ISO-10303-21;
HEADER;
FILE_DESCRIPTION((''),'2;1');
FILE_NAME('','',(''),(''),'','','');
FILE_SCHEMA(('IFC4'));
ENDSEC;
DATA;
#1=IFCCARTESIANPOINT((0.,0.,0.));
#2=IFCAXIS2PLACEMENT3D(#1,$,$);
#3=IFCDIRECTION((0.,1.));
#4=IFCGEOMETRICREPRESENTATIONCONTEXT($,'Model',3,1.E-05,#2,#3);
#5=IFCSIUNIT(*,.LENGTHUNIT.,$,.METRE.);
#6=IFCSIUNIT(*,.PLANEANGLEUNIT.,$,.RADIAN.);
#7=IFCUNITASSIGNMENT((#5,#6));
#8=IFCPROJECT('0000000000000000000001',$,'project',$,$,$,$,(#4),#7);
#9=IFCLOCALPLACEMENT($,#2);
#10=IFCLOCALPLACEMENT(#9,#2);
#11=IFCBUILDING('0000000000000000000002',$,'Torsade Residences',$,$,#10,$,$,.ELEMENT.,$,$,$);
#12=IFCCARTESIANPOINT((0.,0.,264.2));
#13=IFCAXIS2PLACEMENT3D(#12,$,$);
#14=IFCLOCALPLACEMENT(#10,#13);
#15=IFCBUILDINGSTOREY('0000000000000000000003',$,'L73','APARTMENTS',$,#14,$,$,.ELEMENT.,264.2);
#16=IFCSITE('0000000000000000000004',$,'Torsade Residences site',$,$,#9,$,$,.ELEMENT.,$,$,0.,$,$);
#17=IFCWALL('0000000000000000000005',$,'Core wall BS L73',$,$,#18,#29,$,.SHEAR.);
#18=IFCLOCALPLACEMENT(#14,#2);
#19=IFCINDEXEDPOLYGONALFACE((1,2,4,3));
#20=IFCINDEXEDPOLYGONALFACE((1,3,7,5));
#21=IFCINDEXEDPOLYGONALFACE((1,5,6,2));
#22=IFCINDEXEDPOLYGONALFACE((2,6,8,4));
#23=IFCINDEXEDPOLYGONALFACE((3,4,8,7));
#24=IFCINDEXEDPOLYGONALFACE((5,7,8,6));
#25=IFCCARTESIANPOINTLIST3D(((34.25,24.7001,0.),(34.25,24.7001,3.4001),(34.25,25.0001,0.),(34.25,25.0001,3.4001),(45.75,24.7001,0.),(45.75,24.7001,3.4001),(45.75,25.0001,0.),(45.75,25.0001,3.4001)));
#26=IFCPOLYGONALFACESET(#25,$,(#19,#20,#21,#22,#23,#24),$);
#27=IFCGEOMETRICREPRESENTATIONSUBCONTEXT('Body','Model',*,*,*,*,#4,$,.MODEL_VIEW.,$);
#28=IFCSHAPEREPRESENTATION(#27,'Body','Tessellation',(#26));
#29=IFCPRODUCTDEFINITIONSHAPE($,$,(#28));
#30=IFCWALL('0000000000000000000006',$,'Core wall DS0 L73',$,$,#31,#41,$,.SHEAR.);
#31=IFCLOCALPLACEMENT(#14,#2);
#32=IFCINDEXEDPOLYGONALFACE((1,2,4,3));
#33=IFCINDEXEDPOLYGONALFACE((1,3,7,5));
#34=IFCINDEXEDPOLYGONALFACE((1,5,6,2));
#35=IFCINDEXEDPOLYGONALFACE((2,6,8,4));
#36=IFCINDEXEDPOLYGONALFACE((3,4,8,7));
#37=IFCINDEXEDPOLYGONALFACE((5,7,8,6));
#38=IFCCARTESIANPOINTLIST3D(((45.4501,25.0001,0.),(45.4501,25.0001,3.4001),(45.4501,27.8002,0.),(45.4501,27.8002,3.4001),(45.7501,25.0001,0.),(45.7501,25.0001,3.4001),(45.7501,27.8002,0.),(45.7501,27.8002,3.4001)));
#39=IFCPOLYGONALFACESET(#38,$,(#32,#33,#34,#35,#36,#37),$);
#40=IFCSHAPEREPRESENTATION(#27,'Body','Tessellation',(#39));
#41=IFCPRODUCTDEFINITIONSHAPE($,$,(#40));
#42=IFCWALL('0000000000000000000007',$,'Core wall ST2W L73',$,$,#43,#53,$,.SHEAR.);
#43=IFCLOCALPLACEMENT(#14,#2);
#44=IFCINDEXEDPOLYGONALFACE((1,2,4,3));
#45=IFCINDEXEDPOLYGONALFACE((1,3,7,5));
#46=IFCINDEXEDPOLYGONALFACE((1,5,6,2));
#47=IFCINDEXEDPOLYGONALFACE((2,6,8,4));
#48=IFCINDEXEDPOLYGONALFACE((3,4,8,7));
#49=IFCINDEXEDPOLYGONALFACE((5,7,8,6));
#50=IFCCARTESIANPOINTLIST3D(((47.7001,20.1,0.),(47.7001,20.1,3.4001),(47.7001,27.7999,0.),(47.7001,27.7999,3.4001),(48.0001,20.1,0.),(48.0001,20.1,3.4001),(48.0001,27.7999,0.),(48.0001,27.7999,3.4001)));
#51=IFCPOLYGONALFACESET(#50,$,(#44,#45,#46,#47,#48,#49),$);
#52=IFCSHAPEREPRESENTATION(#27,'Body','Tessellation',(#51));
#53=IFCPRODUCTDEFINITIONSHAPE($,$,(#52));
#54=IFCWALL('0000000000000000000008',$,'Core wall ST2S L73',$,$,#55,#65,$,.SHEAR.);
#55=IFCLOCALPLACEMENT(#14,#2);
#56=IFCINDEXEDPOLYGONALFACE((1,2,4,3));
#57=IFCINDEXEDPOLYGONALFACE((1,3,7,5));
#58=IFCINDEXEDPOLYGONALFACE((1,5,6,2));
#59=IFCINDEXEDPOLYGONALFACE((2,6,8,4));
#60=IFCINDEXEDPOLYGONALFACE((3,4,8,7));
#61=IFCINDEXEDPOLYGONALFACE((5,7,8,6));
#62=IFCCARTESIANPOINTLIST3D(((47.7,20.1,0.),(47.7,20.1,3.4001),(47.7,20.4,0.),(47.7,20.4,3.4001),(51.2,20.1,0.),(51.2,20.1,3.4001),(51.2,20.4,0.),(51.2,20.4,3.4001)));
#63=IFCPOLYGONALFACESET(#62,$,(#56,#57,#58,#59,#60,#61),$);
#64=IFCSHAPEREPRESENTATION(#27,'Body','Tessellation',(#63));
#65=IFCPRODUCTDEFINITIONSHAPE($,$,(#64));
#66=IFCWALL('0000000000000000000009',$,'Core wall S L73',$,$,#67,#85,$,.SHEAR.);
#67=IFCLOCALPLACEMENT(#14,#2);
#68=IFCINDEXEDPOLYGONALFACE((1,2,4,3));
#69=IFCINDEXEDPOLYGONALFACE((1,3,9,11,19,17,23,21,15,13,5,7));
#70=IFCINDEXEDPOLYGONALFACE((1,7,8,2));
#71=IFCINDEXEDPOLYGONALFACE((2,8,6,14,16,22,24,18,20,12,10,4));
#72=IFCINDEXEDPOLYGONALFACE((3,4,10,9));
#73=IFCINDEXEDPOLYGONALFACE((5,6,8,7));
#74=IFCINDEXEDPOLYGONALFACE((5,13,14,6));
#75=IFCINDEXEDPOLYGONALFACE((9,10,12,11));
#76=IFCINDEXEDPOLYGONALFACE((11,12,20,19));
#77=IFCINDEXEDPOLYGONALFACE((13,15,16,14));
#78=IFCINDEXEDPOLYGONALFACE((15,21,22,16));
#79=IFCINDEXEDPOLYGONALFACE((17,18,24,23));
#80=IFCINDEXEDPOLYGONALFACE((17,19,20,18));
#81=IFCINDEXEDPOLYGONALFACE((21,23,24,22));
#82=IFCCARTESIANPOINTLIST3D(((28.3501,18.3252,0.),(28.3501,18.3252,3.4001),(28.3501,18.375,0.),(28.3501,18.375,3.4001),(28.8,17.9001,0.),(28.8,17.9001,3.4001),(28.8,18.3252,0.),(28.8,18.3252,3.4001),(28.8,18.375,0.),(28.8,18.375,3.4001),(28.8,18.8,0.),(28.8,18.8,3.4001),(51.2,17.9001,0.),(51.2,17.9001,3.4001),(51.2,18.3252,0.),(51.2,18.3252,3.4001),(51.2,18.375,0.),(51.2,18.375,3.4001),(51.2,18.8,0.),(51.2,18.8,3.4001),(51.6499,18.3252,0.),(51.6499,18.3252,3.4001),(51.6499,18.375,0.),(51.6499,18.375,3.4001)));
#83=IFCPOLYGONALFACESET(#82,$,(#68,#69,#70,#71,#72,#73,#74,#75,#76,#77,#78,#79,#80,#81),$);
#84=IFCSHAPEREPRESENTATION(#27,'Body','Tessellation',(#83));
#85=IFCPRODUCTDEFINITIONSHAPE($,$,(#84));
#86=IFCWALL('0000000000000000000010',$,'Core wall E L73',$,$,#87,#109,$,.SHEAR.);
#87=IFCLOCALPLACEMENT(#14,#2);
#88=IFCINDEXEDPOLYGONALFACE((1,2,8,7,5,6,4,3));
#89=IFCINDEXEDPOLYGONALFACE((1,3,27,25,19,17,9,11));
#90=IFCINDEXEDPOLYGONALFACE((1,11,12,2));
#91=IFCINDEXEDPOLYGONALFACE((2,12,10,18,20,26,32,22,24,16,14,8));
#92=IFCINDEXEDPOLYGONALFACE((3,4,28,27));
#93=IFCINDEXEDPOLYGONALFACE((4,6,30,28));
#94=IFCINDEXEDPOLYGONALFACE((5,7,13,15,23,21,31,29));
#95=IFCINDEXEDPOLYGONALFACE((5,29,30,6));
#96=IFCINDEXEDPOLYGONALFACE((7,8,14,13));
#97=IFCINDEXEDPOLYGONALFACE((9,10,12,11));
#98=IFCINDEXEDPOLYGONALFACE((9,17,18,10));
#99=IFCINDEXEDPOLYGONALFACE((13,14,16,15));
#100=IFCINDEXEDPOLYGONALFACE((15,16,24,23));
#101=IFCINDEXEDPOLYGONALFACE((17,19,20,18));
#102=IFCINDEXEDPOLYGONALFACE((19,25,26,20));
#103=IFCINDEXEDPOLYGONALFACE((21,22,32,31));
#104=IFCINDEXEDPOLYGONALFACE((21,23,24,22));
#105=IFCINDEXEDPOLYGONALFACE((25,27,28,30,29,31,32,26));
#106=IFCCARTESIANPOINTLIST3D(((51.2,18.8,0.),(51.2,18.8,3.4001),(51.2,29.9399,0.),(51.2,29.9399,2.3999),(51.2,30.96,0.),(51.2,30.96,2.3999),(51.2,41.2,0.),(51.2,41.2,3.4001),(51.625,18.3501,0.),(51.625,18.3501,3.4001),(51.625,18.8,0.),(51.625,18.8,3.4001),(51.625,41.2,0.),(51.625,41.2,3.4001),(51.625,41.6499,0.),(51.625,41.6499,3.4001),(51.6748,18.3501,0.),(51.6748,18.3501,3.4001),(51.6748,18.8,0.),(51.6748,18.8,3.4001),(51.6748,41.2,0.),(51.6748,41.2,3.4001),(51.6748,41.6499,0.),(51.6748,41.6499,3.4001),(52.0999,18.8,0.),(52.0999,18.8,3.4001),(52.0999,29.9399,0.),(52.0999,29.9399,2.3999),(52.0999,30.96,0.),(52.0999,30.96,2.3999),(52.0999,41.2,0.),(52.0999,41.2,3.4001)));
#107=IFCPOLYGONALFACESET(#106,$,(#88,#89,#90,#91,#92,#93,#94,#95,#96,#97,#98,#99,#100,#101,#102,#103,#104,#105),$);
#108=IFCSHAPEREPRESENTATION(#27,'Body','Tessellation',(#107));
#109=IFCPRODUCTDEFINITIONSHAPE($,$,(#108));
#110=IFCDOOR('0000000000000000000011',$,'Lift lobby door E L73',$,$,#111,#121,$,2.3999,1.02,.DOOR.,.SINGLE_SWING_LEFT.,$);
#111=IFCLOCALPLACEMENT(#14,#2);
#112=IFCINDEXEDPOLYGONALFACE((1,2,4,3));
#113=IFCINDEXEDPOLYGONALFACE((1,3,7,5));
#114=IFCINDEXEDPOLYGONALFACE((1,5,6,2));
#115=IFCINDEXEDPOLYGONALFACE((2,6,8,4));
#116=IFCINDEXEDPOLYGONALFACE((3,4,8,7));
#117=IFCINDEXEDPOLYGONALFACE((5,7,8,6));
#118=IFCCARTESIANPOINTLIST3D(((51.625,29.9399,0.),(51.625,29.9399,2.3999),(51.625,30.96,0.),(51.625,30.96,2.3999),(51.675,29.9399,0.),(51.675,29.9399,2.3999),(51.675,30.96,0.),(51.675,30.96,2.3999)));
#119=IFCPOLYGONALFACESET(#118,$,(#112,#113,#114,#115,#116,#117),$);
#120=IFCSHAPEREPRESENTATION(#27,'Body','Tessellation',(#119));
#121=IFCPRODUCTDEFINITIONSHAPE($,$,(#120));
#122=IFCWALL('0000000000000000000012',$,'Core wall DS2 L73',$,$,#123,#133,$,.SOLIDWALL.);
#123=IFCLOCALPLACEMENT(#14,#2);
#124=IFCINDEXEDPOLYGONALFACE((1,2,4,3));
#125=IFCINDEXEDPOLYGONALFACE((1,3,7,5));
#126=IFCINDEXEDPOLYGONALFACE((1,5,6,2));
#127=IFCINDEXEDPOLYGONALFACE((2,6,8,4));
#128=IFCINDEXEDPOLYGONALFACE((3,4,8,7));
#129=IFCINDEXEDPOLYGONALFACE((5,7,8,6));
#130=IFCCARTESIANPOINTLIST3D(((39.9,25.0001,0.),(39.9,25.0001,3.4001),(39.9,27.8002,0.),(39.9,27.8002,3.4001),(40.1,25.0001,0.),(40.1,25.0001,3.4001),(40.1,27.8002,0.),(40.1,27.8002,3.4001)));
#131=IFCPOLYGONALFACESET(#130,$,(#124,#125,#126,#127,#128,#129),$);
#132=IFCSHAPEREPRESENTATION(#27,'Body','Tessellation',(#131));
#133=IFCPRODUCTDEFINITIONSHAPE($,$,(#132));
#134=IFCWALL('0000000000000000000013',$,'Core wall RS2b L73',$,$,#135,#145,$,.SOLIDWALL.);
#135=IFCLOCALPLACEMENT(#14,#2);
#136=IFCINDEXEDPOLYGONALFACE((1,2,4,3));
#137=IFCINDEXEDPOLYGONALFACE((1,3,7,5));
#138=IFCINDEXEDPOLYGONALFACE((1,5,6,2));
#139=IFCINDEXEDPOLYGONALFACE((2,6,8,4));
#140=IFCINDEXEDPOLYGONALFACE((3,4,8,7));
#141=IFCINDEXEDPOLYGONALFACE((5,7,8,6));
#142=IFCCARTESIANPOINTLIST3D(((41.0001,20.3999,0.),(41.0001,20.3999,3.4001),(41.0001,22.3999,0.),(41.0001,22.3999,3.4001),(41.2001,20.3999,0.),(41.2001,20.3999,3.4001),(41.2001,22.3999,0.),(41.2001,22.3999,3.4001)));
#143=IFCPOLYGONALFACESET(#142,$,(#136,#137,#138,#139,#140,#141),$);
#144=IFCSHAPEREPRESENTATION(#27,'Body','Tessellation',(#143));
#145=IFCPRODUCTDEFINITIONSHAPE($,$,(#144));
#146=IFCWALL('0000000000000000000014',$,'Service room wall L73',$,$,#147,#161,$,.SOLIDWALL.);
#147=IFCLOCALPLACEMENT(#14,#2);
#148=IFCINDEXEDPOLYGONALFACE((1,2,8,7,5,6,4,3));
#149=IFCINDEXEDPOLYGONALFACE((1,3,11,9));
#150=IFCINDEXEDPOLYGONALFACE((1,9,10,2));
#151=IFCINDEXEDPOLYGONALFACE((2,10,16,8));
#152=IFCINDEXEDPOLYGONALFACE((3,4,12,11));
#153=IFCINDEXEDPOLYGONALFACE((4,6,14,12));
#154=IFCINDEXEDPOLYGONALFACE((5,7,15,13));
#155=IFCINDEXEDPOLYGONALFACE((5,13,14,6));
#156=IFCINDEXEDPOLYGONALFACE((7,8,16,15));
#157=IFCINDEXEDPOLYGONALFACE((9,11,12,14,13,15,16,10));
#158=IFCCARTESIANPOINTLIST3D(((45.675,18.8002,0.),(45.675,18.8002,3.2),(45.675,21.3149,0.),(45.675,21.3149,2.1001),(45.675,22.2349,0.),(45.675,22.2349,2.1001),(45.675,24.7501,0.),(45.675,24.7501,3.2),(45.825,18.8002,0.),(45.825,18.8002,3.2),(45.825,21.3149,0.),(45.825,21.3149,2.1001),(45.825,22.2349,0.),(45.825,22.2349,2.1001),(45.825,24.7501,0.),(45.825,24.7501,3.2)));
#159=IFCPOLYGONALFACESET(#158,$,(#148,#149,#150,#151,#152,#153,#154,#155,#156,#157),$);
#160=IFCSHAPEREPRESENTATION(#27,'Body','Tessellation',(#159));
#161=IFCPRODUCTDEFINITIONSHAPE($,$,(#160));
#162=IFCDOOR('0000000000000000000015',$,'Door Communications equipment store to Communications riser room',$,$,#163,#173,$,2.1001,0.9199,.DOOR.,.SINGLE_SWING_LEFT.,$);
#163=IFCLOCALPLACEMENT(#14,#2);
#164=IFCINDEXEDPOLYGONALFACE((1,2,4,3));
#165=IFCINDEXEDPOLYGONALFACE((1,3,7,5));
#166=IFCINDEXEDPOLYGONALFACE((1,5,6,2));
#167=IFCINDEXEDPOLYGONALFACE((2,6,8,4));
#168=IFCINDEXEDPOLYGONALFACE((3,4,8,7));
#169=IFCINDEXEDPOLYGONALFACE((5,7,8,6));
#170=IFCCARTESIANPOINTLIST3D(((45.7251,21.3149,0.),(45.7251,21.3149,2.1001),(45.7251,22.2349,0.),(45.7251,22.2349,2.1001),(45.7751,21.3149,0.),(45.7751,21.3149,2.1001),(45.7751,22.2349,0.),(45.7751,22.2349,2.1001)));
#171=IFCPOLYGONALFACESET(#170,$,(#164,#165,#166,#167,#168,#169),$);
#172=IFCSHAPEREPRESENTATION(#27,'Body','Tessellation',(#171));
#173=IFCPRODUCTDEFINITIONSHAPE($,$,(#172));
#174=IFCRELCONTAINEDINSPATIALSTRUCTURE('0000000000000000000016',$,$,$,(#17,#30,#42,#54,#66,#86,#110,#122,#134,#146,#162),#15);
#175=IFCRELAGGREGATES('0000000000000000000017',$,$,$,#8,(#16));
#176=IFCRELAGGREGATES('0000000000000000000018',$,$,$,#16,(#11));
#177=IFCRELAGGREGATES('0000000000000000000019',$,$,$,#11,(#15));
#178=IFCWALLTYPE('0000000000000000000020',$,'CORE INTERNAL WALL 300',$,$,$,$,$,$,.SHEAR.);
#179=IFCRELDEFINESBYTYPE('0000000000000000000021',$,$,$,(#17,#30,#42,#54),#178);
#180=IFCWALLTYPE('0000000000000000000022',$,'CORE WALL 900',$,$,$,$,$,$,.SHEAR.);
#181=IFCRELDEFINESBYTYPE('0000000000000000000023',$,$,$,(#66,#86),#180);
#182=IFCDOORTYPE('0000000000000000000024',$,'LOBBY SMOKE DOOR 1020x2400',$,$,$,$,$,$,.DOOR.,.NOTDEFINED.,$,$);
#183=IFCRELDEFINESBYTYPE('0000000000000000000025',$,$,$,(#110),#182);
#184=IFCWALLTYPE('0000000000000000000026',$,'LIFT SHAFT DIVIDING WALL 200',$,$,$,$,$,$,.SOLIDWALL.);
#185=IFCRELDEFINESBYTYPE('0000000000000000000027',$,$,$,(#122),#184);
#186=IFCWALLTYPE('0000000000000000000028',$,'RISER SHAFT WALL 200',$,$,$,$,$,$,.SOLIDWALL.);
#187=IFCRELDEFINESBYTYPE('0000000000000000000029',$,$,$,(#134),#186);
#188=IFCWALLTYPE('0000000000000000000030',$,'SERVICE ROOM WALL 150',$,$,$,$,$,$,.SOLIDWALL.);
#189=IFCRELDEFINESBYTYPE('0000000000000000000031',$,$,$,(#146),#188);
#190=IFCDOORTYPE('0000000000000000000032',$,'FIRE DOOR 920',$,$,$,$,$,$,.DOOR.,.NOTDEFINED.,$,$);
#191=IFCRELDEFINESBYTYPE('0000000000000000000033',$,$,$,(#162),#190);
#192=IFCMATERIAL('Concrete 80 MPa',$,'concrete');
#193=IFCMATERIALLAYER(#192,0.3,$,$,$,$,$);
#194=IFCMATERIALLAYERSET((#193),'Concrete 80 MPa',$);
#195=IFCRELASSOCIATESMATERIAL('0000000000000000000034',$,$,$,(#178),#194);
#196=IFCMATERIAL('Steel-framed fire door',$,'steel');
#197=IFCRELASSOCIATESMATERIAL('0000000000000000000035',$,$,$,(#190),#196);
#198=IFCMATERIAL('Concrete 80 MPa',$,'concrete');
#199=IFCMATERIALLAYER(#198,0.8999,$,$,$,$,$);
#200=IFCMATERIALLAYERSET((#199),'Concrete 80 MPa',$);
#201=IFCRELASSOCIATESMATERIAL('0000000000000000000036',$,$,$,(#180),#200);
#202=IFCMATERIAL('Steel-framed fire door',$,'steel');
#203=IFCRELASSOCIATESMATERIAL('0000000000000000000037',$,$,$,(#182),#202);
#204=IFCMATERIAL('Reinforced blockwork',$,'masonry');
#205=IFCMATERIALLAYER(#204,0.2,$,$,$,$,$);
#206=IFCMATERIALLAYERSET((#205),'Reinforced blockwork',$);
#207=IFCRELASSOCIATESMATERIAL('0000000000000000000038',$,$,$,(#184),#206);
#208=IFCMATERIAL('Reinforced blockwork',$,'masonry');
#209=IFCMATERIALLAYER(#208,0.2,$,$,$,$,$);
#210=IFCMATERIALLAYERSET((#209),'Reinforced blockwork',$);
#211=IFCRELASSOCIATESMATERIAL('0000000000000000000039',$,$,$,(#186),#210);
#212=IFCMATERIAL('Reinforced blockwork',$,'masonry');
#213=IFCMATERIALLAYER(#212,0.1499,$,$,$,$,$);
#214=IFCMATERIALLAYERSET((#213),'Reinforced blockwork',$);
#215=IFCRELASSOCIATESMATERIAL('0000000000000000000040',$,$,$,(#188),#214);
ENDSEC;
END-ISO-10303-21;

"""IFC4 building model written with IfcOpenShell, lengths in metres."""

from ifc_helpers import new_model, si_unit, direction, frame, frame_2d, origin, place, context, subcontext, project, spatial, polyline, rectangle, outline, extrude, material, layer, layer_set, type_object, element, fill, save


model = new_model("IFC4")

# Units and contexts
model_context = context("Model", 3, precision=1e-05, world=origin(), true_north=direction((0.0, 1.0)))
body_context = subcontext(model_context, "Body", "Model", "MODEL_VIEW")
ifc_project = project(units=[si_unit("LENGTHUNIT", "METRE"), si_unit("PLANEANGLEUNIT", "RADIAN")], contexts=[model_context])

# Site, building, storey
site_placement = place(None, origin())
site = spatial("IfcSite", under=ifc_project, at=site_placement, Name="Torsade Residences site", CompositionType="ELEMENT", RefElevation=0.0)
building_placement = place(site_placement, origin())
building = spatial("IfcBuilding", under=site, at=building_placement, Name="Torsade Residences", CompositionType="ELEMENT")
storey_placement = place(building_placement, frame((0.0, 0.0, 264.2)))
storey = spatial("IfcBuildingStorey", under=building, at=storey_placement, Name="L73", Description="APARTMENTS", CompositionType="ELEMENT", Elevation=264.2)

# Shared definitions
ifc_material_1 = material(Name="Concrete 80 MPa", Category="concrete")
ifc_layer_1 = layer(ifc_material_1, 0.3)
ifc_layer_set_1 = layer_set([ifc_layer_1], Name="Concrete 80 MPa")
wall_type_1 = type_object("IfcWallType", Name="CORE INTERNAL WALL 300", PredefinedType="SHEAR", material=ifc_layer_set_1)
ifc_material_2 = material(Name="Steel-framed fire door", Category="steel")
door_type_1 = type_object("IfcDoorType", Name="FIRE DOOR 920", OperationType="NOTDEFINED", PredefinedType="DOOR", material=ifc_material_2)

# Walls
wall_1_placement = place(storey_placement, frame((45.75, 24.8501, 0.0), z_axis=(0.0, 0.0, 1.0), x_axis=(-1.0, 0.0, 0.0)))
element("IfcWall", 1, at=wall_1_placement, inside=storey, type_object=wall_type_1, Name="Core wall BS L73", PredefinedType="SHEAR", context=body_context, shape_type="SweptSolid", body=[
    extrude(rectangle(XDim=11.5, YDim=0.3, at=frame_2d((5.75, 0.0))), origin(), (0.0, 0.0, 1.0), 3.4001),
])
wall_2_placement = place(storey_placement, frame((45.6001, 27.8, 0.0), z_axis=(0.0, 0.0, 1.0), x_axis=(0.0, -1.0, 0.0)))
element("IfcWall", 2, at=wall_2_placement, inside=storey, type_object=wall_type_1, Name="Core wall DS0 L73", PredefinedType="SHEAR", context=body_context, shape_type="SweptSolid", body=[
    extrude(rectangle(XDim=2.8, YDim=0.3, at=frame_2d((1.3999, 0.0))), origin(), (0.0, 0.0, 1.0), 3.4001),
])
wall_3_placement = place(storey_placement, frame((47.8501, 27.8, 0.0), z_axis=(0.0, 0.0, 1.0), x_axis=(0.0, -1.0, 0.0)))
element("IfcWall", 3, at=wall_3_placement, inside=storey, type_object=wall_type_1, Name="Core wall ST2W L73", PredefinedType="SHEAR", context=body_context, shape_type="SweptSolid", body=[
    extrude(rectangle(XDim=7.7, YDim=0.3, at=frame_2d((3.8501, 0.0))), origin(), (0.0, 0.0, 1.0), 3.4001),
])
wall_4_placement = place(storey_placement, frame((51.2, 20.25, 0.0), z_axis=(0.0, 0.0, 1.0), x_axis=(-1.0, 0.0, 0.0)))
element("IfcWall", 4, at=wall_4_placement, inside=storey, type_object=wall_type_1, Name="Core wall ST2S L73", PredefinedType="SHEAR", context=body_context, shape_type="SweptSolid", body=[
    extrude(rectangle(XDim=3.5, YDim=0.3, at=frame_2d((1.75, 0.0))), origin(), (0.0, 0.0, 1.0), 3.4001),
])
ifc_material_3 = material(Name="Concrete 80 MPa", Category="concrete")
ifc_layer_2 = layer(ifc_material_3, 0.8999)
ifc_layer_set_2 = layer_set([ifc_layer_2], Name="Concrete 80 MPa")
wall_type_2 = type_object("IfcWallType", Name="CORE WALL 900", PredefinedType="SHEAR", material=ifc_layer_set_2)
wall_5_placement = place(storey_placement, frame((51.2, 18.3501, 0.0), z_axis=(0.0, 0.0, 1.0), x_axis=(-1.0, 0.0, 0.0)))
element("IfcWall", 5, at=wall_5_placement, inside=storey, type_object=wall_type_2, Name="Core wall S L73", PredefinedType="SHEAR", context=body_context, shape_type="SweptSolid", body=[
    extrude(outline(polyline([(0.0, -0.45), (22.3999, -0.45), (22.3999, -0.0249), (22.8499, -0.0249), (22.8499, 0.0249), (22.3999, 0.0249), (22.3999, 0.45), (0.0, 0.45), (0.0, 0.0249), (-0.45, 0.0249), (-0.45, -0.0249), (0.0, -0.0249), (0.0, -0.45)])), origin(), (0.0, 0.0, 1.0), 3.4001),
])

# Wall, opening, door
wall_6_placement = place(storey_placement, frame((51.6499, 18.8, 0.0), z_axis=(0.0, 0.0, 1.0), x_axis=(0.0, 1.0, 0.0)))
wall_6 = element("IfcWall", 6, at=wall_6_placement, inside=storey, type_object=wall_type_2, Name="Core wall E L73", PredefinedType="SHEAR", context=body_context, shape_type="SweptSolid", body=[
    extrude(outline(polyline([(0.0, -0.45), (22.3999, -0.45), (22.3999, -0.0249), (22.8499, -0.0249), (22.8499, 0.0249), (22.3999, 0.0249), (22.3999, 0.45), (0.0, 0.45), (0.0, 0.0249), (-0.45, 0.0249), (-0.45, -0.0249), (0.0, -0.0249), (0.0, -0.45)])), origin(), (0.0, 0.0, 1.0), 3.4001),
])
opening_1_placement = place(wall_6_placement, frame((11.1399, 0.0, 0.0)))
opening_1 = element("IfcOpeningElement", 7, at=opening_1_placement, cuts=wall_6, PredefinedType="OPENING", context=body_context, shape_type="SweptSolid", body=[
    extrude(rectangle(XDim=1.02, YDim=2.3999, at=frame_2d((0.51, 1.2))), frame((0.0, 0.46, 0.0), z_axis=(0.0, -1.0, 0.0), x_axis=(1.0, 0.0, 0.0)), (0.0, 0.0, 1.0), 0.9199),
])
ifc_material_4 = material(Name="Steel-framed fire door", Category="steel")
door_type_2 = type_object("IfcDoorType", Name="LOBBY SMOKE DOOR 1020x2400", OperationType="NOTDEFINED", PredefinedType="DOOR", material=ifc_material_4)
door_1_placement = place(opening_1_placement, origin())
door_1 = element("IfcDoor", 8, at=door_1_placement, inside=storey, type_object=door_type_2, Name="Lift lobby door E L73", OperationType="SINGLE_SWING_LEFT", OverallHeight=2.3999, OverallWidth=1.02, PredefinedType="DOOR", context=body_context, shape_type="SweptSolid", body=[
    extrude(rectangle(XDim=1.02, YDim=2.3999, at=frame_2d((0.51, 1.2))), frame((0.0, 0.0249, 0.0), z_axis=(0.0, -1.0, 0.0), x_axis=(1.0, 0.0, 0.0)), (0.0, 0.0, 1.0), 0.05),
])
fill(opening_1, door_1)

# Walls
ifc_material_5 = material(Name="Reinforced blockwork", Category="masonry")
ifc_layer_3 = layer(ifc_material_5, 0.2)
ifc_layer_set_3 = layer_set([ifc_layer_3], Name="Reinforced blockwork")
wall_type_3 = type_object("IfcWallType", Name="LIFT SHAFT DIVIDING WALL 200", PredefinedType="SOLIDWALL", material=ifc_layer_set_3)
wall_7_placement = place(storey_placement, frame((40.0, 27.8, 0.0), z_axis=(0.0, 0.0, 1.0), x_axis=(0.0, -1.0, 0.0)))
element("IfcWall", 9, at=wall_7_placement, inside=storey, type_object=wall_type_3, Name="Core wall DS2 L73", PredefinedType="SOLIDWALL", context=body_context, shape_type="SweptSolid", body=[
    extrude(rectangle(XDim=2.8, YDim=0.2, at=frame_2d((1.3999, 0.0))), origin(), (0.0, 0.0, 1.0), 3.4001),
])
ifc_material_6 = material(Name="Reinforced blockwork", Category="masonry")
ifc_layer_4 = layer(ifc_material_6, 0.2)
ifc_layer_set_4 = layer_set([ifc_layer_4], Name="Reinforced blockwork")
wall_type_4 = type_object("IfcWallType", Name="RISER SHAFT WALL 200", PredefinedType="SOLIDWALL", material=ifc_layer_set_4)
wall_8_placement = place(storey_placement, frame((41.1001, 22.3999, 0.0), z_axis=(0.0, 0.0, 1.0), x_axis=(0.0, -1.0, 0.0)))
element("IfcWall", 10, at=wall_8_placement, inside=storey, type_object=wall_type_4, Name="Core wall RS2b L73", PredefinedType="SOLIDWALL", context=body_context, shape_type="SweptSolid", body=[
    extrude(rectangle(XDim=2.0, YDim=0.2, at=frame_2d((1.0, 0.0))), origin(), (0.0, 0.0, 1.0), 3.4001),
])

# Wall, opening, door
ifc_material_7 = material(Name="Reinforced blockwork", Category="masonry")
ifc_layer_5 = layer(ifc_material_7, 0.1499)
ifc_layer_set_5 = layer_set([ifc_layer_5], Name="Reinforced blockwork")
wall_type_5 = type_object("IfcWallType", Name="SERVICE ROOM WALL 150", PredefinedType="SOLIDWALL", material=ifc_layer_set_5)
wall_9_placement = place(storey_placement, frame((45.75, 18.8, 0.0), z_axis=(0.0, 0.0, 1.0), x_axis=(0.0, 1.0, 0.0)))
wall_9 = element("IfcWall", 11, at=wall_9_placement, inside=storey, type_object=wall_type_5, Name="Service room wall L73", PredefinedType="SOLIDWALL", context=body_context, shape_type="SweptSolid", body=[
    extrude(rectangle(XDim=5.95, YDim=0.1499, at=frame_2d((2.9751, 0.0))), origin(), (0.0, 0.0, 1.0), 3.2),
])
opening_2_placement = place(wall_9_placement, frame((2.5149, 0.0, 0.0)))
opening_2 = element("IfcOpeningElement", 12, at=opening_2_placement, cuts=wall_9, PredefinedType="OPENING", context=body_context, shape_type="SweptSolid", body=[
    extrude(rectangle(XDim=0.9199, YDim=2.1001, at=frame_2d((0.46, 1.05))), frame((0.0, 0.085, 0.0), z_axis=(0.0, -1.0, 0.0), x_axis=(1.0, 0.0, 0.0)), (0.0, 0.0, 1.0), 0.1699),
])
door_2_placement = place(opening_2_placement, origin())
door_2 = element("IfcDoor", 13, at=door_2_placement, inside=storey, type_object=door_type_1, Name="Door Communications equipment store to Communications riser room", OperationType="SINGLE_SWING_LEFT", OverallHeight=2.1001, OverallWidth=0.9199, PredefinedType="DOOR", context=body_context, shape_type="SweptSolid", body=[
    extrude(rectangle(XDim=0.9199, YDim=2.1001, at=frame_2d((0.46, 1.05))), frame((0.0, 0.0249, 0.0), z_axis=(0.0, -1.0, 0.0), x_axis=(1.0, 0.0, 0.0)), (0.0, 0.0, 1.0), 0.05),
])
fill(opening_2, door_2)

save(model, "model.ifc")
